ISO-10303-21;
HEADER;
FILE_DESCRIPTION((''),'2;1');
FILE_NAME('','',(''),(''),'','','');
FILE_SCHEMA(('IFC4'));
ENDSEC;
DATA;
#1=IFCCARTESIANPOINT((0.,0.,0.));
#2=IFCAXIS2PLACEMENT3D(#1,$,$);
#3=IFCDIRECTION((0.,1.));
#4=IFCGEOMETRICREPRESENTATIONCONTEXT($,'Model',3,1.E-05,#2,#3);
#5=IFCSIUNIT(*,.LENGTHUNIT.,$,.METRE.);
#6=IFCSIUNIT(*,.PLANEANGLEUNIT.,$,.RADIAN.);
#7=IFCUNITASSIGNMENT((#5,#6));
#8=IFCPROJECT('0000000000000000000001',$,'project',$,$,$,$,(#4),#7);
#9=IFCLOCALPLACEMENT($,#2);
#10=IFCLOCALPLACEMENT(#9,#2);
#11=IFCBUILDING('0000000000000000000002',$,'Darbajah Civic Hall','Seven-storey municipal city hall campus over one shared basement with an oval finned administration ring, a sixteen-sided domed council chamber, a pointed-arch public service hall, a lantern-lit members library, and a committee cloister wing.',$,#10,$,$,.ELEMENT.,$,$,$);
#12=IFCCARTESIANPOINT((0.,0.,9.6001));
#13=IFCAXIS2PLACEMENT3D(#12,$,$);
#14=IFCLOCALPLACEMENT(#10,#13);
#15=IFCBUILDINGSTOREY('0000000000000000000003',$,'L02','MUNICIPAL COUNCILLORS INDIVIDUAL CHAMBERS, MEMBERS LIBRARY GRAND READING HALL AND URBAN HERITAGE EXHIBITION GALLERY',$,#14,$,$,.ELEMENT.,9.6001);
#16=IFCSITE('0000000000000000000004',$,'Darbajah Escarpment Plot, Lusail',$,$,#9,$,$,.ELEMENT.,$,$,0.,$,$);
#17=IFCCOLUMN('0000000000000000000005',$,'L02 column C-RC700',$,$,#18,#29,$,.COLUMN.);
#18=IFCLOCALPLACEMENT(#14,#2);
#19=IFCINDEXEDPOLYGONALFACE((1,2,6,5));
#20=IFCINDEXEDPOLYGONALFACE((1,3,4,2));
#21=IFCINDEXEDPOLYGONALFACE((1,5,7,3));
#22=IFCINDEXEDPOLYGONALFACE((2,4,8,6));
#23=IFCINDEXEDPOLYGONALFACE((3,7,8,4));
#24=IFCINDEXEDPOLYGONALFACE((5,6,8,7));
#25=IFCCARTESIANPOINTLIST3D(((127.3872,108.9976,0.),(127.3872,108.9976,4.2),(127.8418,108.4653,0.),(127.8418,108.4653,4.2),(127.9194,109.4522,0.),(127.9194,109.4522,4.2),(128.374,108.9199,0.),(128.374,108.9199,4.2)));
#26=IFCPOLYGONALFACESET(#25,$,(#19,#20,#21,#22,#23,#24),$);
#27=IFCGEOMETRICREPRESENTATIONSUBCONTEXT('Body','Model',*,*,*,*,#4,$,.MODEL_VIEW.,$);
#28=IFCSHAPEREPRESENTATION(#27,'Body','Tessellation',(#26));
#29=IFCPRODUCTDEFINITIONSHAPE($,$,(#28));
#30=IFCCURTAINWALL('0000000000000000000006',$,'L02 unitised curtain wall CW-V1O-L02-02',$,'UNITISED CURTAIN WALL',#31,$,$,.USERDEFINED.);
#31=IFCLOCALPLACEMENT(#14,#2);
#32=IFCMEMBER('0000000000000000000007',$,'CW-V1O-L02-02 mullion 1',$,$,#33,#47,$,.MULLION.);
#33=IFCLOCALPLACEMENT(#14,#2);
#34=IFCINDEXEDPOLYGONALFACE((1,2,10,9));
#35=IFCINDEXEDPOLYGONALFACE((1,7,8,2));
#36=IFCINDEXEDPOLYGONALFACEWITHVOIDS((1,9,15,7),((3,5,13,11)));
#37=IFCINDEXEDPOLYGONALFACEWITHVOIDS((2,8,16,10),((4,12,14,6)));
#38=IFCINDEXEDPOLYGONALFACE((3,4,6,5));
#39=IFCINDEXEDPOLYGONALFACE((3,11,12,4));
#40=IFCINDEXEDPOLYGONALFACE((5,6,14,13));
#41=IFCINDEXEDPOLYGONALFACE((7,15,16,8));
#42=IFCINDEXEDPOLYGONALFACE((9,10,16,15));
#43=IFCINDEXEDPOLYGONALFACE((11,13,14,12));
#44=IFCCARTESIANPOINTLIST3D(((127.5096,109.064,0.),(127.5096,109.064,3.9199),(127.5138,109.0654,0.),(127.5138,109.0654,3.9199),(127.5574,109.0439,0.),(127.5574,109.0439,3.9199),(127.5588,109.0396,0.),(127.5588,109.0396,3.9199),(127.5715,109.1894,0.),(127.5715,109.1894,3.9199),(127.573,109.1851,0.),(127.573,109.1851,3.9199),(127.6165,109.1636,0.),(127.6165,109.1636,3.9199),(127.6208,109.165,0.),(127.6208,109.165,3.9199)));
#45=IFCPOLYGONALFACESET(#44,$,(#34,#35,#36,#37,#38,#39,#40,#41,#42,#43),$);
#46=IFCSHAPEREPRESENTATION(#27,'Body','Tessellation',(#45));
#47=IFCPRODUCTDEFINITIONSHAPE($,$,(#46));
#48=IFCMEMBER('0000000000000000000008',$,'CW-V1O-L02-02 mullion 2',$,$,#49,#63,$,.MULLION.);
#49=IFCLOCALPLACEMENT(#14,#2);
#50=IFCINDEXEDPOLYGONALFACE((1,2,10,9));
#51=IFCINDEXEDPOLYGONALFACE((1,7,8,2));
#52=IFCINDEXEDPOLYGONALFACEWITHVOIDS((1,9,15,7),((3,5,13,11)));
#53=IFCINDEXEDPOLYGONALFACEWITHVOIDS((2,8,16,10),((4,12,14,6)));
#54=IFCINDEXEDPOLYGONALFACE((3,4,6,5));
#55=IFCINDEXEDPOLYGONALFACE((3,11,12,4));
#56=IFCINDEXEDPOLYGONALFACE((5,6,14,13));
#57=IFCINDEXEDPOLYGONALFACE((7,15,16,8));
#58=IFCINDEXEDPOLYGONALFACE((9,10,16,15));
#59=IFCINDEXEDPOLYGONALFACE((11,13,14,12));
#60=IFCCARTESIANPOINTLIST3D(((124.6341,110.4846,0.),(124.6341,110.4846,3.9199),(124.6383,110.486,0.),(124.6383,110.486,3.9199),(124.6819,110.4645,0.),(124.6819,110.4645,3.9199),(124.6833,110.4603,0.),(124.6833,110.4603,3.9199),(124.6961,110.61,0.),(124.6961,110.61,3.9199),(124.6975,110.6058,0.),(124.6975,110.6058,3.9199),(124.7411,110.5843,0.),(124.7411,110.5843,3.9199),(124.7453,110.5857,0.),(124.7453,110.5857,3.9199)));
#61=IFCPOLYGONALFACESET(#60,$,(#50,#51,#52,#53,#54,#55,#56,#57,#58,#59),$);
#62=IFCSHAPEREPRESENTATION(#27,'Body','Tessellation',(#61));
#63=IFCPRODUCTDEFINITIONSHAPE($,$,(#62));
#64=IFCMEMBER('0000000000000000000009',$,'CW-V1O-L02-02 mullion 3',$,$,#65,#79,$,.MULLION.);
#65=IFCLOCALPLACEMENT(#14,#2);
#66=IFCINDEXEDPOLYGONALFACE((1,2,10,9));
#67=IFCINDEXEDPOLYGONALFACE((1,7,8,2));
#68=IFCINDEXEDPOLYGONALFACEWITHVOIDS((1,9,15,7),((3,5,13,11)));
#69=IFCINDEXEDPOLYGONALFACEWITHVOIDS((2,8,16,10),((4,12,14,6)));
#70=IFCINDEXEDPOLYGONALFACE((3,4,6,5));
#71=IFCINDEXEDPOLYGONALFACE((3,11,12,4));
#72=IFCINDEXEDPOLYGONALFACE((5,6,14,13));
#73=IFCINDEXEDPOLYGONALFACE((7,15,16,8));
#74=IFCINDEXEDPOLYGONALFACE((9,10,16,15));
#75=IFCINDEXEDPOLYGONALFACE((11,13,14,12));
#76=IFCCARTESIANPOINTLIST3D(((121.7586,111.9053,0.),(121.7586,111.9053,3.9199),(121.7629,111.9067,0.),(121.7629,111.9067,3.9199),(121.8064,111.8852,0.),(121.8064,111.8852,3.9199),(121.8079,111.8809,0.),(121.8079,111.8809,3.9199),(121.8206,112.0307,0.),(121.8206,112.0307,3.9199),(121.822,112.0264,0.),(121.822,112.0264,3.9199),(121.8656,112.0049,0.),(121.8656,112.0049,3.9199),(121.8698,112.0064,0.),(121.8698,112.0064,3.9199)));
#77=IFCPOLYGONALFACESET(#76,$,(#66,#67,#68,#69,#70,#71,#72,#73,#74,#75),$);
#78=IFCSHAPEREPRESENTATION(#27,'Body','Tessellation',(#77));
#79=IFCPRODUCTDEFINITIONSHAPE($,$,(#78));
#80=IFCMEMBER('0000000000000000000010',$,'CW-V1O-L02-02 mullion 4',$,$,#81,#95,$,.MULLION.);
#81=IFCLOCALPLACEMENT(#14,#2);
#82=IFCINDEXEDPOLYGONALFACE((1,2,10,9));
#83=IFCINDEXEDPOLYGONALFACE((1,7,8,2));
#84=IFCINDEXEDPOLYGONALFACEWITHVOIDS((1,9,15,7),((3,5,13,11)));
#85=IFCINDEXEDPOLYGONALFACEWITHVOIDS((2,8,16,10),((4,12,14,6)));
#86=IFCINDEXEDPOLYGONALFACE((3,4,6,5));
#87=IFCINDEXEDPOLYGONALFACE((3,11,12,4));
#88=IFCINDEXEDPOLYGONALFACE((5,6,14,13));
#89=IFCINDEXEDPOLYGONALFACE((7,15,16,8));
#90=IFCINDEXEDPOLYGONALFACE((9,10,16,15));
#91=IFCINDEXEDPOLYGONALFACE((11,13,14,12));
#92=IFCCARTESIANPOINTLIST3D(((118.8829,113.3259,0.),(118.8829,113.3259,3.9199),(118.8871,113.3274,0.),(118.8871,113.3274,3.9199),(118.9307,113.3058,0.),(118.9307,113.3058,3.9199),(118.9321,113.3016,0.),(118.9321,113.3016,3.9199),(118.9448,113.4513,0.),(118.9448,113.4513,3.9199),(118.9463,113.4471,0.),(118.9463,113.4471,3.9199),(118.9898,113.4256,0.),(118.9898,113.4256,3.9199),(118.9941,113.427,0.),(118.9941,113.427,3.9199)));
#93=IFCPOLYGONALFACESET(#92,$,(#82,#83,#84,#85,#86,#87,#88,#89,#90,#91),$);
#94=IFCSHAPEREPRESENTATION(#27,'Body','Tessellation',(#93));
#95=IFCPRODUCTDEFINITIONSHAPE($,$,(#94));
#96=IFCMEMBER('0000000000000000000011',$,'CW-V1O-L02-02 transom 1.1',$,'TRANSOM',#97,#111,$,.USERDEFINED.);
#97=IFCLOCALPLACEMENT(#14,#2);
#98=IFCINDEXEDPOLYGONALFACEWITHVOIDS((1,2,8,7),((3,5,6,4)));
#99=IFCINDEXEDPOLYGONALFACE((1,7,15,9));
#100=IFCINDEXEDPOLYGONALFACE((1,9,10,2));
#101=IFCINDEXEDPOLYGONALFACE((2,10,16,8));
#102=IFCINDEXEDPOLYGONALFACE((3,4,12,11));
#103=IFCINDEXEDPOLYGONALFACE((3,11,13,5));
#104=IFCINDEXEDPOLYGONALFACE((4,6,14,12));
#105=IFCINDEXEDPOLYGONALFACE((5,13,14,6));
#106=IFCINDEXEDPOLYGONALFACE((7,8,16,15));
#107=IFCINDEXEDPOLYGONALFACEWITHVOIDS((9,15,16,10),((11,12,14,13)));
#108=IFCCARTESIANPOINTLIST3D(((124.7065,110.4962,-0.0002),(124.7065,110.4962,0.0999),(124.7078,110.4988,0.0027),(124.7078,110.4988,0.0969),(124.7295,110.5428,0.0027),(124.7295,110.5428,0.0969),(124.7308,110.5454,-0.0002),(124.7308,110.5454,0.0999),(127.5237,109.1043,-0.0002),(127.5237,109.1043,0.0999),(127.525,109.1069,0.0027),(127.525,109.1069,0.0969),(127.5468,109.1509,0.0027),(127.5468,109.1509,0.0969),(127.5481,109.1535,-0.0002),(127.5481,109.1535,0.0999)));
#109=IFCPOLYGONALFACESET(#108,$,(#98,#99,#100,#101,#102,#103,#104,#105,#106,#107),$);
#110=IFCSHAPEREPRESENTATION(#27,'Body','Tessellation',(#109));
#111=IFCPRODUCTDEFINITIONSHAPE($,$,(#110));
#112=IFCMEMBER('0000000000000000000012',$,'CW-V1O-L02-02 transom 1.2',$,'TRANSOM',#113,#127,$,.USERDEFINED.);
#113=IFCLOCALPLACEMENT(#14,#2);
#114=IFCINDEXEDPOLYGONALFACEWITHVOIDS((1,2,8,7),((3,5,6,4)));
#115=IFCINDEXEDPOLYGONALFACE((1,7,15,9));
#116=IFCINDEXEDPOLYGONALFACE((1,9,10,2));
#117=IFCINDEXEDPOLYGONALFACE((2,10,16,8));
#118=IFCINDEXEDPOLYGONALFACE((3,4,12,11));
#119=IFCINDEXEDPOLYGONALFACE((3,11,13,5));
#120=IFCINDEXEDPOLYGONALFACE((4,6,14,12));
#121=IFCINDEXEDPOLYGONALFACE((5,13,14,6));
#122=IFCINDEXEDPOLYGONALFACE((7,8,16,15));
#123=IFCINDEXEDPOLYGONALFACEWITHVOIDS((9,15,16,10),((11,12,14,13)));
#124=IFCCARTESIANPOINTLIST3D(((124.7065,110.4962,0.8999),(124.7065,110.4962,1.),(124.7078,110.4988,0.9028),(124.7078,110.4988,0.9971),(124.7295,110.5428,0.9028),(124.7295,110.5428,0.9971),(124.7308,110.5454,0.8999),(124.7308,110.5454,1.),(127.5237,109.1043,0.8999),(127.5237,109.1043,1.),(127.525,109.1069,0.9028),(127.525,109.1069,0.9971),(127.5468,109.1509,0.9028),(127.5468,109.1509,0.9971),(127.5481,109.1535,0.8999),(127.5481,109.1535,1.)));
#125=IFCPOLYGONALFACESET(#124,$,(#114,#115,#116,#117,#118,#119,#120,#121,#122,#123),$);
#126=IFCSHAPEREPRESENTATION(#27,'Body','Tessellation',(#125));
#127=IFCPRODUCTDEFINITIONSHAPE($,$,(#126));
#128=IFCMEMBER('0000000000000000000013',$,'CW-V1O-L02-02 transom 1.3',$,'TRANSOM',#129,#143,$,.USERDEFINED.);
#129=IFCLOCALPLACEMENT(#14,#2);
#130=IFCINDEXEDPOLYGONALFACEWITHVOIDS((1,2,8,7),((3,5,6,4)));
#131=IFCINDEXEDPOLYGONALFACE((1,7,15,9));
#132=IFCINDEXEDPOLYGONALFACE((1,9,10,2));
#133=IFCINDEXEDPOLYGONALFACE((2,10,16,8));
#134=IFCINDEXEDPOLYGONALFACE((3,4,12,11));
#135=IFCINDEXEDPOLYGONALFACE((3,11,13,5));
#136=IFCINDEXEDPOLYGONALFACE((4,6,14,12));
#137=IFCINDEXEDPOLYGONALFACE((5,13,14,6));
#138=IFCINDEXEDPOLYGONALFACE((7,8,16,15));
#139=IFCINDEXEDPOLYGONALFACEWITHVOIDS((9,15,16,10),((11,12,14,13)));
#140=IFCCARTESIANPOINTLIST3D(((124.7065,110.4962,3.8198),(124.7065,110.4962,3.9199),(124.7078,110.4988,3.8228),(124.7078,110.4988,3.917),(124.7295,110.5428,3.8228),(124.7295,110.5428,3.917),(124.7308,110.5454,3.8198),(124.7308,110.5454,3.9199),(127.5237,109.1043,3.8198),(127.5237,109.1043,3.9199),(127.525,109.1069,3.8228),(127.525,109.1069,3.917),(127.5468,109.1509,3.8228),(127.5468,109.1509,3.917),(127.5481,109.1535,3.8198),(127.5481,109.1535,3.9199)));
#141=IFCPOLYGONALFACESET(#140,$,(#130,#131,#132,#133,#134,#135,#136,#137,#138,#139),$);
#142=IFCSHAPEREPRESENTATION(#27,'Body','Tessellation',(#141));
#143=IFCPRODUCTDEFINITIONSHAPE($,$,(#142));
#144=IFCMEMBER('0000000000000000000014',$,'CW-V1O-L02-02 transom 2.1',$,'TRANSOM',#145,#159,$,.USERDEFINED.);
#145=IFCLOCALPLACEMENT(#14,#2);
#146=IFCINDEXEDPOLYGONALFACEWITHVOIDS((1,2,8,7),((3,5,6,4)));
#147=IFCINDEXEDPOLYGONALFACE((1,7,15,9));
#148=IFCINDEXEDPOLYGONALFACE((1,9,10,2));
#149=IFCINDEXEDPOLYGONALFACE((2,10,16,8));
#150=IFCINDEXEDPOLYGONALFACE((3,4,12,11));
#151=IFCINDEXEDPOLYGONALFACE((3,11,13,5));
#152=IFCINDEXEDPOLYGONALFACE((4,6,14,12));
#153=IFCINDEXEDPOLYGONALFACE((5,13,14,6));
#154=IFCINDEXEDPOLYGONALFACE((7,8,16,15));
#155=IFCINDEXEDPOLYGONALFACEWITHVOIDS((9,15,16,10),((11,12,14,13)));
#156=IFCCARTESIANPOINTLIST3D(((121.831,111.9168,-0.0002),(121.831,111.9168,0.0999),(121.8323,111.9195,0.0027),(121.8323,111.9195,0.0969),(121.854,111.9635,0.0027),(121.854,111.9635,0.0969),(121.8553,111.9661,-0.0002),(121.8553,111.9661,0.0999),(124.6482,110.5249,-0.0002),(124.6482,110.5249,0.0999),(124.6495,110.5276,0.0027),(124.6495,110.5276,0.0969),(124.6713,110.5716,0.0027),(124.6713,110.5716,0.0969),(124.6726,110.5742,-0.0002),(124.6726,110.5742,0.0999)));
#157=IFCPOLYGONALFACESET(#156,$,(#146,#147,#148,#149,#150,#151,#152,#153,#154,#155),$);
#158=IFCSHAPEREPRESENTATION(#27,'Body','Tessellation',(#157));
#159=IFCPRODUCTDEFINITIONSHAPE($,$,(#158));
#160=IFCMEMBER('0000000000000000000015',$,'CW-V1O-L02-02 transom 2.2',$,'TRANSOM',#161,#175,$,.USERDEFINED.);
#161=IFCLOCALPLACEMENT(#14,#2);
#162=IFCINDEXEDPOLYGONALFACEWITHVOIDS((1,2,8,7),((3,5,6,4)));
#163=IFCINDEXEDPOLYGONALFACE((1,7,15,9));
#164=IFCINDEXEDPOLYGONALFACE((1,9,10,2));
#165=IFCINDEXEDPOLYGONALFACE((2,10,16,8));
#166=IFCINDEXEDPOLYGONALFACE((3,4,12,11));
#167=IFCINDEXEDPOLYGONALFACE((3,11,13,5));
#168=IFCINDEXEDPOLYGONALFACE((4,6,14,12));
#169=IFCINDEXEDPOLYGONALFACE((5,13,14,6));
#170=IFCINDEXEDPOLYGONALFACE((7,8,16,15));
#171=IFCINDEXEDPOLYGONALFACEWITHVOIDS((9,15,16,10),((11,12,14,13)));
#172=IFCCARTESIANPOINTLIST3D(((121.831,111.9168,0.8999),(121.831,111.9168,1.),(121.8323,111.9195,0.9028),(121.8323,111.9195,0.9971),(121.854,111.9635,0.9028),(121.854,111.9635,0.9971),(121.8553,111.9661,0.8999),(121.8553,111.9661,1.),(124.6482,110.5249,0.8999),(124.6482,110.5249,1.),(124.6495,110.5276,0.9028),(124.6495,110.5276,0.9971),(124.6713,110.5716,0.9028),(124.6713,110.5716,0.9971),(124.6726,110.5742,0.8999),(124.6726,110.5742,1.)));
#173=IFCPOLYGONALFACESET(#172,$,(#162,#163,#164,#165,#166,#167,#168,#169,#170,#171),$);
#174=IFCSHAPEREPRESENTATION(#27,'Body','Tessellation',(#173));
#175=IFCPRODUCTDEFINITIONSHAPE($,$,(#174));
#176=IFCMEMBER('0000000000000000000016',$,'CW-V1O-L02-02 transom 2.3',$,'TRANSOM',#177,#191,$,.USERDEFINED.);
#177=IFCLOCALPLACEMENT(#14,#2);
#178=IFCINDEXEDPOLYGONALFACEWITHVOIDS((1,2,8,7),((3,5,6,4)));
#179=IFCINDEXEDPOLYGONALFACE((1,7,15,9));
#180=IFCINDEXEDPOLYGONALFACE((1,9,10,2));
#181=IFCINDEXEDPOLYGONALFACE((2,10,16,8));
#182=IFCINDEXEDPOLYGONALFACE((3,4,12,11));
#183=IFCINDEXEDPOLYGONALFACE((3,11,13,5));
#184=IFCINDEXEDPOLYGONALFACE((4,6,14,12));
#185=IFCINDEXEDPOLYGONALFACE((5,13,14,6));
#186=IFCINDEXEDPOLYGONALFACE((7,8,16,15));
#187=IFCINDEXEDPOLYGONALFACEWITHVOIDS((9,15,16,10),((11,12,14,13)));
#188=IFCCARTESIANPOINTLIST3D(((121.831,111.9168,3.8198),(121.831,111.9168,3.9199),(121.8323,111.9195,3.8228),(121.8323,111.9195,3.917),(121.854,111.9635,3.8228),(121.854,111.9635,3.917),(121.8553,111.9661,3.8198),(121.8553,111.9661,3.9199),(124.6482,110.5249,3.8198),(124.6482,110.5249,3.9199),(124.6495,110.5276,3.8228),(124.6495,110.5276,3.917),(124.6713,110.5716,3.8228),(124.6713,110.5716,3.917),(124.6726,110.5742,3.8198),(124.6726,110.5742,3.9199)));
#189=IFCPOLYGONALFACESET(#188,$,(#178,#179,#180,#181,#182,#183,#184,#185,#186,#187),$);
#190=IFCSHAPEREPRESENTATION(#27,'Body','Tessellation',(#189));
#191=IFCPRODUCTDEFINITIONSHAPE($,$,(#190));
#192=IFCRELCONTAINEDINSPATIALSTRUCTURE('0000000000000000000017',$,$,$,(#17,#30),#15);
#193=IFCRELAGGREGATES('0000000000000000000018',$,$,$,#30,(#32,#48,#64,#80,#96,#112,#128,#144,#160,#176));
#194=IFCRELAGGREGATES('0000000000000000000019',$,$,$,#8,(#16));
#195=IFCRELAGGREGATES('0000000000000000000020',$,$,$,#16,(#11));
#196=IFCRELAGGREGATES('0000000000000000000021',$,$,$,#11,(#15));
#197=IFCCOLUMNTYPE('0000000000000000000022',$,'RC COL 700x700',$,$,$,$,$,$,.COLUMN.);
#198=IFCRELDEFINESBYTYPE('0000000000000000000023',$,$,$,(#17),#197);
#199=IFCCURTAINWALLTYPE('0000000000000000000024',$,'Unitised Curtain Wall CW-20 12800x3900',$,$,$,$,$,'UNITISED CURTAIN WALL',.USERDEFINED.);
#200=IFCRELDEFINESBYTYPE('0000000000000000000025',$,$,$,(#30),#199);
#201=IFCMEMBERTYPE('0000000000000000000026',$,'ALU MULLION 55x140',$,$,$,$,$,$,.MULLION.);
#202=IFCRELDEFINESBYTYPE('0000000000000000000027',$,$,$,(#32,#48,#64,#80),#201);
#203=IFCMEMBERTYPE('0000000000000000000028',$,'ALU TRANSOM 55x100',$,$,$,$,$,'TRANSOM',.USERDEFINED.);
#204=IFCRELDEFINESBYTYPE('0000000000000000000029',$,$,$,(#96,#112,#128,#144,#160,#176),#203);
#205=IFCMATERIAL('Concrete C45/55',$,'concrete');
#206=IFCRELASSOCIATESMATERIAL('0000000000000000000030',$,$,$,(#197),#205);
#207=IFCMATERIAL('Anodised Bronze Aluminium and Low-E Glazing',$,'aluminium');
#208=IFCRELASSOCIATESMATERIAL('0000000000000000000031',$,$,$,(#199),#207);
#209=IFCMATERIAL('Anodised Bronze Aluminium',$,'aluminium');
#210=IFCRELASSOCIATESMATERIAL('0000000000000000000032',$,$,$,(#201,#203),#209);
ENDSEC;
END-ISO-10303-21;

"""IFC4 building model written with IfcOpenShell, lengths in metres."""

from ifc_helpers import new_model, si_unit, direction, frame, origin, origin_2d, place, context, subcontext, project, spatial, rectangle, hollow_rectangle, extrude, material, material_profile, profile_set, type_object, element, aggregate, save


model = new_model("IFC4")

# Units and contexts
model_context = context("Model", 3, precision=1e-05, world=origin(), true_north=direction((0.0, 1.0)))
body_context = subcontext(model_context, "Body", "Model", "MODEL_VIEW")
ifc_project = project(units=[si_unit("LENGTHUNIT", "METRE"), si_unit("PLANEANGLEUNIT", "RADIAN")], contexts=[model_context])

# Site, building, storey
site_placement = place(None, origin())
site = spatial("IfcSite", under=ifc_project, at=site_placement, Name="Darbajah Escarpment Plot, Lusail", CompositionType="ELEMENT", RefElevation=0.0)
building_placement = place(site_placement, origin())
building = spatial("IfcBuilding", under=site, at=building_placement, Name="Darbajah Civic Hall", Description="Seven-storey municipal city hall campus over one shared basement with an oval finned administration ring, a sixteen-sided domed council chamber, a pointed-arch public service hall, a lantern-lit members library, and a committee cloister wing.", CompositionType="ELEMENT")
storey_placement = place(building_placement, frame((0.0, 0.0, 9.6001)))
storey = spatial("IfcBuildingStorey", under=building, at=storey_placement, Name="L02", Description="MUNICIPAL COUNCILLORS INDIVIDUAL CHAMBERS, MEMBERS LIBRARY GRAND READING HALL AND URBAN HERITAGE EXHIBITION GALLERY", CompositionType="ELEMENT", Elevation=9.6001)

# Column
ifc_material_1 = material(Name="Concrete C45/55", Category="concrete")
ifc_material_profile_1 = material_profile(ifc_material_1, rectangle(XDim=0.7, YDim=0.7, at=origin_2d()), Name="RC COL 700x700")
ifc_profile_set_1 = profile_set([ifc_material_profile_1], Name="Concrete C45/55")
column_type = type_object("IfcColumnType", Name="RC COL 700x700", PredefinedType="COLUMN", material=ifc_profile_set_1)
column_placement = place(storey_placement, frame((127.8806, 108.9587, 0.0), z_axis=(0.0, 0.0, 1.0), x_axis=(0.760406, 0.649448, 0.0)))
element("IfcColumn", 1, at=column_placement, inside=storey, type_object=column_type, Name="L02 column C-RC700", PredefinedType="COLUMN", context=body_context, shape_type="SweptSolid", body=[
    extrude(rectangle(XDim=0.7, YDim=0.7, at=origin_2d()), origin(), (0.0, 0.0, 1.0), 4.2),
])

# Curtain wall, members
ifc_material_2 = material(Name="Anodised Bronze Aluminium and Low-E Glazing", Category="aluminium")
curtain_wall_type = type_object("IfcCurtainWallType", Name="Unitised Curtain Wall CW-20 12800x3900", ElementType="UNITISED CURTAIN WALL", PredefinedType="USERDEFINED", material=ifc_material_2)
curtain_wall_placement = place(storey_placement, origin())
curtain_wall = element("IfcCurtainWall", 2, at=curtain_wall_placement, inside=storey, type_object=curtain_wall_type, Name="L02 unitised curtain wall CW-V1O-L02-02", ObjectType="UNITISED CURTAIN WALL", PredefinedType="USERDEFINED")
ifc_material_3 = material(Name="Anodised Bronze Aluminium", Category="aluminium")
ifc_material_profile_2 = material_profile(ifc_material_3, hollow_rectangle(XDim=0.0549, YDim=0.1399, WallThickness=0.0032, at=origin_2d()), Name="ALU MULLION 55x140")
ifc_profile_set_2 = profile_set([ifc_material_profile_2], Name="Anodised Bronze Aluminium")
member_type_1 = type_object("IfcMemberType", Name="ALU MULLION 55x140", PredefinedType="MULLION", material=ifc_profile_set_2)
member_1_placement = place(storey_placement, frame((127.5652, 109.1145, 0.0), z_axis=(0.0, 0.0, 1.0), x_axis=(-0.896564, 0.442915, 0.0)))
member_1 = element("IfcMember", 3, at=member_1_placement, type_object=member_type_1, Name="CW-V1O-L02-02 mullion 1", PredefinedType="MULLION", context=body_context, shape_type="SweptSolid", body=[
    extrude(hollow_rectangle(XDim=0.0549, YDim=0.1399, WallThickness=0.0032, at=origin_2d()), origin(), (0.0, 0.0, 1.0), 3.9199),
])
member_2_placement = place(storey_placement, frame((124.6897, 110.5352, 0.0), z_axis=(0.0, 0.0, 1.0), x_axis=(-0.896564, 0.442915, 0.0)))
member_2 = element("IfcMember", 4, at=member_2_placement, type_object=member_type_1, Name="CW-V1O-L02-02 mullion 2", PredefinedType="MULLION", context=body_context, shape_type="SweptSolid", body=[
    extrude(hollow_rectangle(XDim=0.0549, YDim=0.1399, WallThickness=0.0032, at=origin_2d()), origin(), (0.0, 0.0, 1.0), 3.9199),
])
member_3_placement = place(storey_placement, frame((121.8142, 111.9558, 0.0), z_axis=(0.0, 0.0, 1.0), x_axis=(-0.896564, 0.442915, 0.0)))
member_3 = element("IfcMember", 5, at=member_3_placement, type_object=member_type_1, Name="CW-V1O-L02-02 mullion 3", PredefinedType="MULLION", context=body_context, shape_type="SweptSolid", body=[
    extrude(hollow_rectangle(XDim=0.0549, YDim=0.1399, WallThickness=0.0032, at=origin_2d()), origin(), (0.0, 0.0, 1.0), 3.9199),
])
member_4_placement = place(storey_placement, frame((118.9385, 113.3765, 0.0), z_axis=(0.0, 0.0, 1.0), x_axis=(-0.896564, 0.442915, 0.0)))
member_4 = element("IfcMember", 6, at=member_4_placement, type_object=member_type_1, Name="CW-V1O-L02-02 mullion 4", PredefinedType="MULLION", context=body_context, shape_type="SweptSolid", body=[
    extrude(hollow_rectangle(XDim=0.0549, YDim=0.1399, WallThickness=0.0032, at=origin_2d()), origin(), (0.0, 0.0, 1.0), 3.9199),
])
ifc_material_profile_3 = material_profile(ifc_material_3, hollow_rectangle(XDim=0.0549, YDim=0.1001, WallThickness=0.0029, at=origin_2d()), Name="ALU TRANSOM 55x100")
ifc_profile_set_3 = profile_set([ifc_material_profile_3], Name="Anodised Bronze Aluminium")
member_type_2 = type_object("IfcMemberType", Name="ALU TRANSOM 55x100", ElementType="TRANSOM", PredefinedType="USERDEFINED", material=ifc_profile_set_3)
member_5_placement = place(storey_placement, frame((127.5359, 109.1289, 0.0498), z_axis=(-0.896546, 0.442951, 0.0), x_axis=(-0.442951, -0.896546, 0.0)))
member_5 = element("IfcMember", 7, at=member_5_placement, type_object=member_type_2, Name="CW-V1O-L02-02 transom 1.1", ObjectType="TRANSOM", PredefinedType="USERDEFINED", context=body_context, shape_type="SweptSolid", body=[
    extrude(hollow_rectangle(XDim=0.0549, YDim=0.1001, WallThickness=0.0029, at=origin_2d()), origin(), (0.0, 0.0, 1.0), 3.1423),
])
member_6_placement = place(storey_placement, frame((127.5359, 109.1289, 0.95), z_axis=(-0.896546, 0.442951, 0.0), x_axis=(-0.442951, -0.896546, 0.0)))
member_6 = element("IfcMember", 8, at=member_6_placement, type_object=member_type_2, Name="CW-V1O-L02-02 transom 1.2", ObjectType="TRANSOM", PredefinedType="USERDEFINED", context=body_context, shape_type="SweptSolid", body=[
    extrude(hollow_rectangle(XDim=0.0549, YDim=0.1001, WallThickness=0.0029, at=origin_2d()), origin(), (0.0, 0.0, 1.0), 3.1423),
])
member_7_placement = place(storey_placement, frame((127.5359, 109.1289, 3.8699), z_axis=(-0.896546, 0.442951, 0.0), x_axis=(-0.442951, -0.896546, 0.0)))
member_7 = element("IfcMember", 9, at=member_7_placement, type_object=member_type_2, Name="CW-V1O-L02-02 transom 1.3", ObjectType="TRANSOM", PredefinedType="USERDEFINED", context=body_context, shape_type="SweptSolid", body=[
    extrude(hollow_rectangle(XDim=0.0549, YDim=0.1001, WallThickness=0.0029, at=origin_2d()), origin(), (0.0, 0.0, 1.0), 3.1423),
])
member_8_placement = place(storey_placement, frame((124.6604, 110.5496, 0.0498), z_axis=(-0.896546, 0.442951, 0.0), x_axis=(-0.442951, -0.896546, 0.0)))
member_8 = element("IfcMember", 10, at=member_8_placement, type_object=member_type_2, Name="CW-V1O-L02-02 transom 2.1", ObjectType="TRANSOM", PredefinedType="USERDEFINED", context=body_context, shape_type="SweptSolid", body=[
    extrude(hollow_rectangle(XDim=0.0549, YDim=0.1001, WallThickness=0.0029, at=origin_2d()), origin(), (0.0, 0.0, 1.0), 3.1423),
])
member_9_placement = place(storey_placement, frame((124.6604, 110.5496, 0.95), z_axis=(-0.896546, 0.442951, 0.0), x_axis=(-0.442951, -0.896546, 0.0)))
member_9 = element("IfcMember", 11, at=member_9_placement, type_object=member_type_2, Name="CW-V1O-L02-02 transom 2.2", ObjectType="TRANSOM", PredefinedType="USERDEFINED", context=body_context, shape_type="SweptSolid", body=[
    extrude(hollow_rectangle(XDim=0.0549, YDim=0.1001, WallThickness=0.0029, at=origin_2d()), origin(), (0.0, 0.0, 1.0), 3.1423),
])
member_10_placement = place(storey_placement, frame((124.6604, 110.5496, 3.8699), z_axis=(-0.896546, 0.442951, 0.0), x_axis=(-0.442951, -0.896546, 0.0)))
member_10 = element("IfcMember", 12, at=member_10_placement, type_object=member_type_2, Name="CW-V1O-L02-02 transom 2.3", ObjectType="TRANSOM", PredefinedType="USERDEFINED", context=body_context, shape_type="SweptSolid", body=[
    extrude(hollow_rectangle(XDim=0.0549, YDim=0.1001, WallThickness=0.0029, at=origin_2d()), origin(), (0.0, 0.0, 1.0), 3.1423),
])

aggregate(curtain_wall, [member_1, member_2, member_3, member_4, member_5, member_6, member_7, member_8, member_9, member_10])

save(model, "model.ifc")
